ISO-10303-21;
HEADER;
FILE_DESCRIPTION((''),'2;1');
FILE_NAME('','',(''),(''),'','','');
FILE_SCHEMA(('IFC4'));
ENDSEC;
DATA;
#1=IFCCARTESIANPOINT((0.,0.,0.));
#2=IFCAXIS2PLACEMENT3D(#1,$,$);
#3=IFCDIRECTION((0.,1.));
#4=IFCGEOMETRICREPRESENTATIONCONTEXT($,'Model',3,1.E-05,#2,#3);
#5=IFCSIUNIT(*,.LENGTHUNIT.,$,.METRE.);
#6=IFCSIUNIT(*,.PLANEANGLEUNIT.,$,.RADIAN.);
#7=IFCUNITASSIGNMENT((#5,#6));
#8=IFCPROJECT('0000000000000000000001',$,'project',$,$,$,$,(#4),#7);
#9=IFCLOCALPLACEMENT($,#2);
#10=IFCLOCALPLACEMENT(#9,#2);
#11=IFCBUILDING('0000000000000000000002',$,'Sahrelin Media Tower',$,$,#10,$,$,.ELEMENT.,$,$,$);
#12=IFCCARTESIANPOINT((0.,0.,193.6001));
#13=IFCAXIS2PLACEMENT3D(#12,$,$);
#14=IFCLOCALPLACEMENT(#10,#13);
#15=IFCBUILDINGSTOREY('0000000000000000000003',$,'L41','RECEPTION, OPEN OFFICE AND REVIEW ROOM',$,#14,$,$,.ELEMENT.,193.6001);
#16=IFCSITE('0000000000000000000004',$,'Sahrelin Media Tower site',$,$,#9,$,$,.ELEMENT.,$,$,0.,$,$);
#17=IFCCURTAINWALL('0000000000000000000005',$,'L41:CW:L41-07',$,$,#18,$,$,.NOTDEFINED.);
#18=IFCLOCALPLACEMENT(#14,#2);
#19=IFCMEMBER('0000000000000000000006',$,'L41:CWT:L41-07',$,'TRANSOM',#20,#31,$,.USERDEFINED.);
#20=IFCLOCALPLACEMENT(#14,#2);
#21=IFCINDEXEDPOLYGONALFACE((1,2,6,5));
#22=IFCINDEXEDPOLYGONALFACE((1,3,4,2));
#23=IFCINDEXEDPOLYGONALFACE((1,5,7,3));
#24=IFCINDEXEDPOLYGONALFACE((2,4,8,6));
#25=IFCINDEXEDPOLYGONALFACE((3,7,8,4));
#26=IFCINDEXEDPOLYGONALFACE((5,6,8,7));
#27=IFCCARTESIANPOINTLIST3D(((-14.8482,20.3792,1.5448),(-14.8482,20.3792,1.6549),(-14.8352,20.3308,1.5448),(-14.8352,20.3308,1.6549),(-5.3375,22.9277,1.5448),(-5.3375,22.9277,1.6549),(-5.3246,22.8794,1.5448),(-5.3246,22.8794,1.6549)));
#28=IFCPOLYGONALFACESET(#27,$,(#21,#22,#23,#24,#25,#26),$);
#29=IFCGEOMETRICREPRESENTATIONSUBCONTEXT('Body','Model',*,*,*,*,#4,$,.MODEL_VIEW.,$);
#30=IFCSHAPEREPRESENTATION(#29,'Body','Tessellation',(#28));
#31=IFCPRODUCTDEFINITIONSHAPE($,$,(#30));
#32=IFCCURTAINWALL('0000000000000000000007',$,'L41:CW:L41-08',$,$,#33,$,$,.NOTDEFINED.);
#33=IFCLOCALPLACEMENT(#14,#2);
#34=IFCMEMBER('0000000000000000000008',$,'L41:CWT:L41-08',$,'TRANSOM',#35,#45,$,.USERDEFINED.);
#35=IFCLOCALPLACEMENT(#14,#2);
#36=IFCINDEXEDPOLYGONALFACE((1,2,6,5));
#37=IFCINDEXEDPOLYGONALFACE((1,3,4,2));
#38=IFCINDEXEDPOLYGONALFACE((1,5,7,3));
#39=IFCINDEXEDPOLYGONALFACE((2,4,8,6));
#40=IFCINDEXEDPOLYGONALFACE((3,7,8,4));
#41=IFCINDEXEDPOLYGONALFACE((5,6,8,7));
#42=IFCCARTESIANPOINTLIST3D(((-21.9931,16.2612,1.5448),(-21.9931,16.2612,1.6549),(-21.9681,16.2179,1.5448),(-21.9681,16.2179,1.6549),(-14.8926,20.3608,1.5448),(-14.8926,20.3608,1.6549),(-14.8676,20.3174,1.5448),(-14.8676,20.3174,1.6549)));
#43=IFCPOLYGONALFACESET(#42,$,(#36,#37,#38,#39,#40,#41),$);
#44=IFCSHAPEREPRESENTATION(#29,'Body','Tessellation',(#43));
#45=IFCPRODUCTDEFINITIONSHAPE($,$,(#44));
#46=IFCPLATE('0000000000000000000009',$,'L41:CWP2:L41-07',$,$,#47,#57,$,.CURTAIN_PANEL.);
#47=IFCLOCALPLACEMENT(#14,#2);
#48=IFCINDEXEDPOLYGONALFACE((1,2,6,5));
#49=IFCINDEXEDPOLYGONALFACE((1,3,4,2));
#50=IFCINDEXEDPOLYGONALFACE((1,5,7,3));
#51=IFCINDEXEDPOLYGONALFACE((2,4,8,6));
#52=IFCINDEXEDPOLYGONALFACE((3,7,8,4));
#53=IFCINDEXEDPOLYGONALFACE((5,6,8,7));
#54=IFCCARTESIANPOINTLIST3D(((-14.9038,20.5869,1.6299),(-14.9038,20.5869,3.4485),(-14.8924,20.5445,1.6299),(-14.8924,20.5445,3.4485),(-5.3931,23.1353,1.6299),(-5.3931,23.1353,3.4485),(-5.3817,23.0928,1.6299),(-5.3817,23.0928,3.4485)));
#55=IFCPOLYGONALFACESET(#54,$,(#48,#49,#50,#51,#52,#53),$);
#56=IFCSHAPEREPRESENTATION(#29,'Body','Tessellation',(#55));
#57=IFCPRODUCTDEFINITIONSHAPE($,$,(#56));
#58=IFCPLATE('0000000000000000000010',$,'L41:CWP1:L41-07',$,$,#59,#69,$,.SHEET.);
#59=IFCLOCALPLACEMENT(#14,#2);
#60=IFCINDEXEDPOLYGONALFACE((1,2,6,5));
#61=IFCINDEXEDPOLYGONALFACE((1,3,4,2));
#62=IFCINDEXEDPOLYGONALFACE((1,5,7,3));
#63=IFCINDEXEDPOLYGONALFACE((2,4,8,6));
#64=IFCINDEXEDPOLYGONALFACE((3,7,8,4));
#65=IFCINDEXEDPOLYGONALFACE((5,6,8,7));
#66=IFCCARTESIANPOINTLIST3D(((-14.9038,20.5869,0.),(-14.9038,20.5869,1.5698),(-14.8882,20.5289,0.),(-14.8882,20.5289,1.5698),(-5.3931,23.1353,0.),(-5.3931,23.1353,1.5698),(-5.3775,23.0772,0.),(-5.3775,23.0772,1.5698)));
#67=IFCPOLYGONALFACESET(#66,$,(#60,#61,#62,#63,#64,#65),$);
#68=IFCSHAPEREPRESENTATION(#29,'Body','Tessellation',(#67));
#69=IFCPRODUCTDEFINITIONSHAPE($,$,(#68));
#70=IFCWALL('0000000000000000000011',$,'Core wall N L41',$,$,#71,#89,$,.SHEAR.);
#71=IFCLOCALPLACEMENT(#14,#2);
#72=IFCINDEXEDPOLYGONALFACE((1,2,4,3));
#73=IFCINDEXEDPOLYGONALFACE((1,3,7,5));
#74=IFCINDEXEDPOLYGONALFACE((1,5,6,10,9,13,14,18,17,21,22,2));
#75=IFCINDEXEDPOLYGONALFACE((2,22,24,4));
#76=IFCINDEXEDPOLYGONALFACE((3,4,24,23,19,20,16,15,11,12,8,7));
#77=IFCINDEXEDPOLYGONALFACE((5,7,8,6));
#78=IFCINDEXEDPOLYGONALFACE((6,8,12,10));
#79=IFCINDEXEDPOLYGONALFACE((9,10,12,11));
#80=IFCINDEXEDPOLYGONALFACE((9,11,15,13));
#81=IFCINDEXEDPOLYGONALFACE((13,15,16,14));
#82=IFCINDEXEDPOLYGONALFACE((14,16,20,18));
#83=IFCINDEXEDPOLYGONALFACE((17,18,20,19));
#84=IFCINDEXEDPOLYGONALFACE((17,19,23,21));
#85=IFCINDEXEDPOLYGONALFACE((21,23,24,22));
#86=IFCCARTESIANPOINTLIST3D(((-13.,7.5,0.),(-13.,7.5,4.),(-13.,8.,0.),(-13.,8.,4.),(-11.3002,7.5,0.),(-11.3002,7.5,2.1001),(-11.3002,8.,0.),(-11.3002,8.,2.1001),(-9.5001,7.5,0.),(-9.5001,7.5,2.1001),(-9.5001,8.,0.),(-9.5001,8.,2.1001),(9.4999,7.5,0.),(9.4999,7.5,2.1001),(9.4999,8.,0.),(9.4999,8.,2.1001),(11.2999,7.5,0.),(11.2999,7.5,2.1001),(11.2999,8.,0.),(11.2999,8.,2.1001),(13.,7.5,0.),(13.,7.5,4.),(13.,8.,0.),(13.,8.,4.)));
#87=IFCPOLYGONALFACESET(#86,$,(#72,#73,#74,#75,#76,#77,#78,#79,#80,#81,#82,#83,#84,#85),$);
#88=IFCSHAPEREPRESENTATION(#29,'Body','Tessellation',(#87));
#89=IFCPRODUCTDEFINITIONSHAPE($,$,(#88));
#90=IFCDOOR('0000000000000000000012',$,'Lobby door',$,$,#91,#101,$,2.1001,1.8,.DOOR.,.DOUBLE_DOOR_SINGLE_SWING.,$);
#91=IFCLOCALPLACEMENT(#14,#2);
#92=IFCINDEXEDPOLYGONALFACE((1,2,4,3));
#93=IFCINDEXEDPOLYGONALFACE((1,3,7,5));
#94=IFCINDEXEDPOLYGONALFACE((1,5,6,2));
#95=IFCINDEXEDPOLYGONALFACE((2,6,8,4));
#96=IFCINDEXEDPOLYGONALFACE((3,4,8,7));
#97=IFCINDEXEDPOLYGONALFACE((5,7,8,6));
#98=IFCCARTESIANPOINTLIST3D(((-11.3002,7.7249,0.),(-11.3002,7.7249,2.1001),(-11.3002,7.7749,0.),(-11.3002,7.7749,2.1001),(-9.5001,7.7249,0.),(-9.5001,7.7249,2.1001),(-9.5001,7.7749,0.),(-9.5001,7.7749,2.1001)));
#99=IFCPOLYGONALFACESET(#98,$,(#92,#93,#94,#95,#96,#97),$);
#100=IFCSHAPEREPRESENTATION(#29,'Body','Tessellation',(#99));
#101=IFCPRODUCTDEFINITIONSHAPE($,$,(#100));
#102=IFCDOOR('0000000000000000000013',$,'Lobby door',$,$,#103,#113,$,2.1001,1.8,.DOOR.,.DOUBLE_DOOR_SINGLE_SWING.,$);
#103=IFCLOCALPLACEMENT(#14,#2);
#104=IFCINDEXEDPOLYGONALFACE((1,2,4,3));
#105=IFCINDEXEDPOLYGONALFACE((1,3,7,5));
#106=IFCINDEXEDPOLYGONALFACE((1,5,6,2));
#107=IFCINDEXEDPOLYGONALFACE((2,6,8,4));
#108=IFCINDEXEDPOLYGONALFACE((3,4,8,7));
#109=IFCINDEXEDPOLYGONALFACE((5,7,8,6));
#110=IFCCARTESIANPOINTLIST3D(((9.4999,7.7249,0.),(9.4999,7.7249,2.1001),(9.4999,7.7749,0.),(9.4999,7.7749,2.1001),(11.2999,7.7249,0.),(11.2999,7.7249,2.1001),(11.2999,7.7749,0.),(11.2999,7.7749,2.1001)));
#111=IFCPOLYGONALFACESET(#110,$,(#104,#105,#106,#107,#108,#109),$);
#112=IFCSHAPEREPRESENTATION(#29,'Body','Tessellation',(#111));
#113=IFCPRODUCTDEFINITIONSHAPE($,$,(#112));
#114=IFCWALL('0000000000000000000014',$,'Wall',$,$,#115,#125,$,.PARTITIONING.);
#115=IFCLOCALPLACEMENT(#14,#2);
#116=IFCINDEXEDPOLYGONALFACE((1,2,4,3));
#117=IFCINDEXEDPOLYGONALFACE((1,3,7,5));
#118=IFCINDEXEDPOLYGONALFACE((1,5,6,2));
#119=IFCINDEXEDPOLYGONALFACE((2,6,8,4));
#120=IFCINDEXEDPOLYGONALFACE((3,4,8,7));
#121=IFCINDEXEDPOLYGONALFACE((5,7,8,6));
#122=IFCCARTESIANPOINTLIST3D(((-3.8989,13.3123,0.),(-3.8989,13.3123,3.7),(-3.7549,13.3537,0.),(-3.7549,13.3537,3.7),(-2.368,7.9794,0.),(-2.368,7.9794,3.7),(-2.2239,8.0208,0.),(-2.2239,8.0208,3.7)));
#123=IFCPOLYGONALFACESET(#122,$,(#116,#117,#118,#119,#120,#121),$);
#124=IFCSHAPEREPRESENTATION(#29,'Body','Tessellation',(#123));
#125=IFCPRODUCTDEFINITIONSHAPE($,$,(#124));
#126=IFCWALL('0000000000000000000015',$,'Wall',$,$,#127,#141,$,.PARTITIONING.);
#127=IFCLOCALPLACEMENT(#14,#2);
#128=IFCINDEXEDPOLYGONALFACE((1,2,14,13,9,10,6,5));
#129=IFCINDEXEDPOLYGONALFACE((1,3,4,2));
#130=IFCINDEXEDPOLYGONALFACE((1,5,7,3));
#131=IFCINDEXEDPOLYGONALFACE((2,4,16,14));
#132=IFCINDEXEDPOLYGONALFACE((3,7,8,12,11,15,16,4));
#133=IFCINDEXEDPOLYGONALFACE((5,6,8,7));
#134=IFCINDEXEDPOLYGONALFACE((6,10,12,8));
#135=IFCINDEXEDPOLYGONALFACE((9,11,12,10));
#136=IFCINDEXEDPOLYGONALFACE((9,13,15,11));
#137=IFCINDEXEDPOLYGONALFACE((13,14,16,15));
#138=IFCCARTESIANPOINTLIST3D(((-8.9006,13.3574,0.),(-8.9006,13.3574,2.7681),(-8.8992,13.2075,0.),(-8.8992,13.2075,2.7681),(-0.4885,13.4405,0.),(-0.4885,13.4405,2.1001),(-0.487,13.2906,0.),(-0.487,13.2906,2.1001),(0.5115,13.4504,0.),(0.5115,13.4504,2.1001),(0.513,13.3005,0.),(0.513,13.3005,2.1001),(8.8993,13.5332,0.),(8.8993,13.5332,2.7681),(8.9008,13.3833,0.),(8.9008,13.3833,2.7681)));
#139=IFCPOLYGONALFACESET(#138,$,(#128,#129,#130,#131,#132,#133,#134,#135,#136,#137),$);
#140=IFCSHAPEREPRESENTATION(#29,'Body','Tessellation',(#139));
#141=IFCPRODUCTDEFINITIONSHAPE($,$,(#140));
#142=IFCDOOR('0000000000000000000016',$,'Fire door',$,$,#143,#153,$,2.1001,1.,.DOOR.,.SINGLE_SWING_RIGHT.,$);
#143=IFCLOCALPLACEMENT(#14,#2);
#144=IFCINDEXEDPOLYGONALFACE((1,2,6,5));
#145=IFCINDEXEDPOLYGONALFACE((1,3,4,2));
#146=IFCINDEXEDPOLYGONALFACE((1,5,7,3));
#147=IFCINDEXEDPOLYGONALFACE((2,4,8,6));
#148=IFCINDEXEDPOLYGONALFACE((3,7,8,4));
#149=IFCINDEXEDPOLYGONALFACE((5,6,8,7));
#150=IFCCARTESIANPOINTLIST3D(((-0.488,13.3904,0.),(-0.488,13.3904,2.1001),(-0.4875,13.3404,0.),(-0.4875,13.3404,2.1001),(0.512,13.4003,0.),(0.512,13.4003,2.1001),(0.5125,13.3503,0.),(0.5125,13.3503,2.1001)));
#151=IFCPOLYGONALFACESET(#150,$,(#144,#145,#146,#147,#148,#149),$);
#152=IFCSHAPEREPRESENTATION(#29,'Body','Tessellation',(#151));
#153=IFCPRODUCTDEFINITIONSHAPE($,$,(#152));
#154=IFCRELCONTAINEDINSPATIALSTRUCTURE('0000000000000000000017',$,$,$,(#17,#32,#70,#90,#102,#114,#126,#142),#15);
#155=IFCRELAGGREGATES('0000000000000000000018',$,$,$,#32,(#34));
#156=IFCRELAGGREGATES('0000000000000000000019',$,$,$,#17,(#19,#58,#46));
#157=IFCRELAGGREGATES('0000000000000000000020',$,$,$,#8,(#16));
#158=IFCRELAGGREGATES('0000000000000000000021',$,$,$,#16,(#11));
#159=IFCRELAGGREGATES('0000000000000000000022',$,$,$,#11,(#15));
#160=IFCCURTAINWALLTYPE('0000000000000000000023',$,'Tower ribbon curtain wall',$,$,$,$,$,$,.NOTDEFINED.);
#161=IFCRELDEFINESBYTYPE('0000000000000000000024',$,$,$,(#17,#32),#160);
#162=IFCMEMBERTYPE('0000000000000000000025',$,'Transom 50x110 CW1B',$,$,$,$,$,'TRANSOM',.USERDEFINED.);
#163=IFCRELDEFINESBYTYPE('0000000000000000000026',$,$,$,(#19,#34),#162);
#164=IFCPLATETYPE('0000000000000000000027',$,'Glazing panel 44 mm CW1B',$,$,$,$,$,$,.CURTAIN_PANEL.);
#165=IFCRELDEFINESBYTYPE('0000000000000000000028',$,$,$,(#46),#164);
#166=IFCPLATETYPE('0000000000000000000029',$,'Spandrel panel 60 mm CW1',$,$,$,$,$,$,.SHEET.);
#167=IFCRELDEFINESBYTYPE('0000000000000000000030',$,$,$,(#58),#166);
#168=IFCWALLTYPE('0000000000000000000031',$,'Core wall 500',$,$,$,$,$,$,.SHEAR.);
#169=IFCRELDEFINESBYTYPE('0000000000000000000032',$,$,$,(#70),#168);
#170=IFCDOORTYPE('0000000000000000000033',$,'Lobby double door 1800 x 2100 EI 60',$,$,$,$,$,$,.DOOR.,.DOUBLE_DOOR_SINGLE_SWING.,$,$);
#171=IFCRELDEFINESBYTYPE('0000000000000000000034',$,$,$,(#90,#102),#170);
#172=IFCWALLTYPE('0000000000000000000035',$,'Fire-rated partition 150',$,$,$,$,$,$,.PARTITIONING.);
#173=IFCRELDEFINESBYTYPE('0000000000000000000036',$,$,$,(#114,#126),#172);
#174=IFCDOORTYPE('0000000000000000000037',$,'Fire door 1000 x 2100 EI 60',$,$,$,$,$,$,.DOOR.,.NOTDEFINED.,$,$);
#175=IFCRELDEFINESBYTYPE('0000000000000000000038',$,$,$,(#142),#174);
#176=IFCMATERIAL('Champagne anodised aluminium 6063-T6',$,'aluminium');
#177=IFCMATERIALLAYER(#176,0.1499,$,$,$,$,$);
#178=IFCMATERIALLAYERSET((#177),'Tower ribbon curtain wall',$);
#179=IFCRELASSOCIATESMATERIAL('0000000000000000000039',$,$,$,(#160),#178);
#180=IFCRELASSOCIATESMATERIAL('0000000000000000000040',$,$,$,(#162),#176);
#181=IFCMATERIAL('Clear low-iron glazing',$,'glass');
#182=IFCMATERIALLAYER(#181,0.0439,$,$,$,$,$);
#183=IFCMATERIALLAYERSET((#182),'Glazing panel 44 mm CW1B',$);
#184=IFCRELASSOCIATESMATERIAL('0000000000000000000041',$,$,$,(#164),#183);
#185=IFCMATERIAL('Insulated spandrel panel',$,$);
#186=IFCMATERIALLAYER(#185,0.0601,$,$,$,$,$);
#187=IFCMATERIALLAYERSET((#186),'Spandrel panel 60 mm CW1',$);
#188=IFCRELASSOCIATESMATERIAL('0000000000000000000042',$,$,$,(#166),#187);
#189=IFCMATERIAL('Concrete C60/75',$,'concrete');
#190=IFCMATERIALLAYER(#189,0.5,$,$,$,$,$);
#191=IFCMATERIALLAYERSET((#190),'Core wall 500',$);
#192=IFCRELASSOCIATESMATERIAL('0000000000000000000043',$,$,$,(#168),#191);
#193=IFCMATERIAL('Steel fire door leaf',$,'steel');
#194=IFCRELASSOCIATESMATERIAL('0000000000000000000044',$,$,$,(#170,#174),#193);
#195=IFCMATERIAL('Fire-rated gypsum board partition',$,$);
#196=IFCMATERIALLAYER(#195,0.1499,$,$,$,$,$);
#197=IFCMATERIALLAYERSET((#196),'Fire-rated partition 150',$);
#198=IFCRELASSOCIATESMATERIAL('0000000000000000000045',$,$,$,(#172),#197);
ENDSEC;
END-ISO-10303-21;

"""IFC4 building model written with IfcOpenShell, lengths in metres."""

from ifc_helpers import new_model, si_unit, direction, frame, frame_2d, origin, origin_2d, place, context, subcontext, project, spatial, polyline, rectangle, outline, extrude, material, layer, layer_set, material_profile, profile_set, type_object, element, fill, aggregate, save


model = new_model("IFC4")

# Units and contexts
model_context = context("Model", 3, precision=1e-05, world=origin(), true_north=direction((0.0, 1.0)))
body_context = subcontext(model_context, "Body", "Model", "MODEL_VIEW")
ifc_project = project(units=[si_unit("LENGTHUNIT", "METRE"), si_unit("PLANEANGLEUNIT", "RADIAN")], contexts=[model_context])

# Site, building, storey
site_placement = place(None, origin())
site = spatial("IfcSite", under=ifc_project, at=site_placement, Name="Sahrelin Media Tower site", CompositionType="ELEMENT", RefElevation=0.0)
building_placement = place(site_placement, origin())
building = spatial("IfcBuilding", under=site, at=building_placement, Name="Sahrelin Media Tower", CompositionType="ELEMENT")
storey_placement = place(building_placement, frame((0.0, 0.0, 193.6001)))
storey = spatial("IfcBuildingStorey", under=building, at=storey_placement, Name="L41", Description="RECEPTION, OPEN OFFICE AND REVIEW ROOM", CompositionType="ELEMENT", Elevation=193.6001)

# Curtain wall
ifc_material_1 = material(Name="Champagne anodised aluminium 6063-T6", Category="aluminium")
ifc_layer_1 = layer(ifc_material_1, 0.1499)
ifc_layer_set_1 = layer_set([ifc_layer_1], Name="Tower ribbon curtain wall")
curtain_wall_type = type_object("IfcCurtainWallType", Name="Tower ribbon curtain wall", PredefinedType="NOTDEFINED", material=ifc_layer_set_1)
curtain_wall_1_placement = place(storey_placement, frame((-10.1433, 21.8418, 0.0), z_axis=(0.0, 0.0, 1.0), x_axis=(1.0, 0.0, 0.0)))
curtain_wall_1 = element("IfcCurtainWall", 1, at=curtain_wall_1_placement, inside=storey, type_object=curtain_wall_type, Name="L41:CW:L41-07", PredefinedType="NOTDEFINED")

# Member
ifc_material_profile_1 = material_profile(ifc_material_1, rectangle(XDim=0.05, YDim=0.1101, at=origin_2d()), Name="Transom 50x110")
ifc_profile_set_1 = profile_set([ifc_material_profile_1], Name="Champagne anodised aluminium 6063-T6")
member_type_1 = type_object("IfcMemberType", Name="Transom 50x110 CW1B", ElementType="TRANSOM", PredefinedType="USERDEFINED", material=ifc_profile_set_1)
member_1_placement = place(storey_placement, frame((-5.3311, 22.9036, 1.5999), z_axis=(-0.965921, -0.258837, 0.0), x_axis=(0.258837, -0.965921, 0.0)))
member_1 = element("IfcMember", 2, at=member_1_placement, type_object=member_type_1, Name="L41:CWT:L41-07", ObjectType="TRANSOM", PredefinedType="USERDEFINED", context=body_context, shape_type="SweptSolid", body=[
    extrude(rectangle(XDim=0.05, YDim=0.1101, at=origin_2d()), origin(), (0.0, 0.0, 1.0), 9.8462),
])

# Curtain wall, member
curtain_wall_2_placement = place(storey_placement, frame((-18.5403, 18.4797, 0.0), z_axis=(0.0, 0.0, 1.0), x_axis=(1.0, 0.0, 0.0)))
curtain_wall_2 = element("IfcCurtainWall", 3, at=curtain_wall_2_placement, inside=storey, type_object=curtain_wall_type, Name="L41:CW:L41-08", PredefinedType="NOTDEFINED")
member_2_placement = place(storey_placement, frame((-14.8801, 20.3391, 1.5999), z_axis=(-0.866021, -0.500008, 0.0), x_axis=(0.500008, -0.866021, 0.0)))
member_2 = element("IfcMember", 4, at=member_2_placement, type_object=member_type_1, Name="L41:CWT:L41-08", ObjectType="TRANSOM", PredefinedType="USERDEFINED", context=body_context, shape_type="SweptSolid", body=[
    extrude(rectangle(XDim=0.05, YDim=0.1101, at=origin_2d()), origin(), (0.0, 0.0, 1.0), 8.199),
])
aggregate(curtain_wall_2, [member_2])

# Plates
ifc_material_2 = material(Name="Clear low-iron glazing", Category="glass")
ifc_layer_2 = layer(ifc_material_2, 0.0439)
ifc_layer_set_2 = layer_set([ifc_layer_2], Name="Glazing panel 44 mm CW1B")
plate_type_1 = type_object("IfcPlateType", Name="Glazing panel 44 mm CW1B", PredefinedType="CURTAIN_PANEL", material=ifc_layer_set_2)
plate_1_placement = place(storey_placement, frame((-5.3931, 23.1353, 1.6299), z_axis=(-0.258814, 0.965927, 0.0), x_axis=(-0.965927, -0.258814, 0.0)))
plate_1 = element("IfcPlate", 5, at=plate_1_placement, type_object=plate_type_1, Name="L41:CWP2:L41-07", PredefinedType="CURTAIN_PANEL", context=body_context, shape_type="SweptSolid", body=[
    extrude(outline(polyline([(0.0, 0.0), (9.8462, 0.0), (9.8462, 1.8186), (0.0, 1.8186), (0.0, 0.0)])), origin(), (0.0, 0.0, -1.0), 0.0439),
])
ifc_material_3 = material(Name="Insulated spandrel panel")
ifc_layer_3 = layer(ifc_material_3, 0.0601)
ifc_layer_set_3 = layer_set([ifc_layer_3], Name="Spandrel panel 60 mm CW1")
plate_type_2 = type_object("IfcPlateType", Name="Spandrel panel 60 mm CW1", PredefinedType="SHEET", material=ifc_layer_set_3)
plate_2_placement = place(storey_placement, frame((-5.3931, 23.1353, 0.0), z_axis=(-0.258814, 0.965927, 0.0), x_axis=(-0.965927, -0.258814, 0.0)))
plate_2 = element("IfcPlate", 6, at=plate_2_placement, type_object=plate_type_2, Name="L41:CWP1:L41-07", PredefinedType="SHEET", context=body_context, shape_type="SweptSolid", body=[
    extrude(outline(polyline([(0.0, 0.0), (9.8462, 0.0), (9.8462, 1.5698), (0.0, 1.5698), (0.0, 0.0)])), origin(), (0.0, 0.0, -1.0), 0.0601),
])
aggregate(curtain_wall_1, [member_1, plate_2, plate_1])

# Wall, openings, doors
ifc_material_4 = material(Name="Concrete C60/75", Category="concrete")
ifc_layer_4 = layer(ifc_material_4, 0.5)
ifc_layer_set_4 = layer_set([ifc_layer_4], Name="Core wall 500")
wall_type_1 = type_object("IfcWallType", Name="Core wall 500", PredefinedType="SHEAR", material=ifc_layer_set_4)
wall_1_placement = place(storey_placement, frame((-13.0, 7.75, 0.0), z_axis=(0.0, 0.0, 1.0), x_axis=(1.0, 0.0, 0.0)))
wall_1 = element("IfcWall", 7, at=wall_1_placement, inside=storey, type_object=wall_type_1, Name="Core wall N L41", PredefinedType="SHEAR", context=body_context, shape_type="SweptSolid", body=[
    extrude(rectangle(XDim=26.0, YDim=0.5, at=frame_2d((13.0, 0.0))), origin(), (0.0, 0.0, 1.0), 4.0),
])
opening_1_placement = place(wall_1_placement, frame((1.7, 0.0, 0.0)))
opening_1 = element("IfcOpeningElement", 8, at=opening_1_placement, cuts=wall_1, PredefinedType="OPENING", context=body_context, shape_type="SweptSolid", body=[
    extrude(rectangle(XDim=1.8, YDim=2.1001, at=frame_2d((0.8999, 1.05))), frame((0.0, 0.25, 0.0), z_axis=(0.0, -1.0, 0.0), x_axis=(1.0, 0.0, 0.0)), (0.0, 0.0, 1.0), 0.5),
])
opening_2_placement = place(wall_1_placement, frame((22.5, 0.0, 0.0)))
opening_2 = element("IfcOpeningElement", 9, at=opening_2_placement, cuts=wall_1, PredefinedType="OPENING", context=body_context, shape_type="SweptSolid", body=[
    extrude(rectangle(XDim=1.8, YDim=2.1001, at=frame_2d((0.8999, 1.05))), frame((0.0, 0.25, 0.0), z_axis=(0.0, -1.0, 0.0), x_axis=(1.0, 0.0, 0.0)), (0.0, 0.0, 1.0), 0.5),
])
ifc_material_5 = material(Name="Steel fire door leaf", Category="steel")
door_type_1 = type_object("IfcDoorType", Name="Lobby double door 1800 x 2100 EI 60", OperationType="DOUBLE_DOOR_SINGLE_SWING", PredefinedType="DOOR", material=ifc_material_5)
door_1_placement = place(opening_1_placement, origin())
door_1 = element("IfcDoor", 10, at=door_1_placement, inside=storey, type_object=door_type_1, Name="Lobby door", OperationType="DOUBLE_DOOR_SINGLE_SWING", OverallHeight=2.1001, OverallWidth=1.8, PredefinedType="DOOR", context=body_context, shape_type="SweptSolid", body=[
    extrude(rectangle(XDim=1.8, YDim=2.1001, at=frame_2d((0.8999, 1.05))), frame((0.0, 0.0249, 0.0), z_axis=(0.0, -1.0, 0.0), x_axis=(1.0, 0.0, 0.0)), (0.0, 0.0, 1.0), 0.05),
])
fill(opening_1, door_1)
door_2_placement = place(opening_2_placement, origin())
door_2 = element("IfcDoor", 11, at=door_2_placement, inside=storey, type_object=door_type_1, Name="Lobby door", OperationType="DOUBLE_DOOR_SINGLE_SWING", OverallHeight=2.1001, OverallWidth=1.8, PredefinedType="DOOR", context=body_context, shape_type="SweptSolid", body=[
    extrude(rectangle(XDim=1.8, YDim=2.1001, at=frame_2d((0.8999, 1.05))), frame((0.0, 0.0249, 0.0), z_axis=(0.0, -1.0, 0.0), x_axis=(1.0, 0.0, 0.0)), (0.0, 0.0, 1.0), 0.05),
])
fill(opening_2, door_2)

# Wall
ifc_material_6 = material(Name="Fire-rated gypsum board partition")
ifc_layer_5 = layer(ifc_material_6, 0.1499)
ifc_layer_set_5 = layer_set([ifc_layer_5], Name="Fire-rated partition 150")
wall_type_2 = type_object("IfcWallType", Name="Fire-rated partition 150", PredefinedType="PARTITIONING", material=ifc_layer_set_5)
wall_2_placement = place(storey_placement, frame((-3.8269, 13.333, 0.0), z_axis=(0.0, 0.0, 1.0), x_axis=(0.275936, -0.961176, 0.0)))
element("IfcWall", 12, at=wall_2_placement, inside=storey, type_object=wall_type_2, Name="Wall", PredefinedType="PARTITIONING", context=body_context, shape_type="SweptSolid", body=[
    extrude(rectangle(XDim=5.5483, YDim=0.1499, at=frame_2d((2.7742, 0.0))), origin(), (0.0, 0.0, 1.0), 3.7),
])

# Wall, opening, door
wall_3_placement = place(storey_placement, frame((-8.8999, 13.2825, 0.0), z_axis=(0.0, 0.0, 1.0), x_axis=(0.999951, 0.009875, 0.0)))
wall_3 = element("IfcWall", 13, at=wall_3_placement, inside=storey, type_object=wall_type_2, Name="Wall", PredefinedType="PARTITIONING", context=body_context, shape_type="SweptSolid", body=[
    extrude(rectangle(XDim=17.8008, YDim=0.1499, at=frame_2d((8.9004, 0.0))), origin(), (0.0, 0.0, 1.0), 2.7681),
])
opening_3_placement = place(wall_3_placement, frame((8.4126, 0.0, 0.0)))
opening_3 = element("IfcOpeningElement", 14, at=opening_3_placement, cuts=wall_3, PredefinedType="OPENING", context=body_context, shape_type="SweptSolid", body=[
    extrude(rectangle(XDim=1.0, YDim=2.1001, at=frame_2d((0.5, 1.05))), frame((0.0, 0.075, 0.0), z_axis=(0.0, -1.0, 0.0), x_axis=(1.0, 0.0, 0.0)), (0.0, 0.0, 1.0), 0.1499),
])
door_type_2 = type_object("IfcDoorType", Name="Fire door 1000 x 2100 EI 60", OperationType="NOTDEFINED", PredefinedType="DOOR", material=ifc_material_5)
door_3_placement = place(opening_3_placement, origin())
door_3 = element("IfcDoor", 15, at=door_3_placement, inside=storey, type_object=door_type_2, Name="Fire door", OperationType="SINGLE_SWING_RIGHT", OverallHeight=2.1001, OverallWidth=1.0, PredefinedType="DOOR", context=body_context, shape_type="SweptSolid", body=[
    extrude(rectangle(XDim=1.0, YDim=2.1001, at=frame_2d((0.5, 1.05))), frame((0.0, 0.0249, 0.0), z_axis=(0.0, -1.0, 0.0), x_axis=(1.0, 0.0, 0.0)), (0.0, 0.0, 1.0), 0.05),
])
fill(opening_3, door_3)

save(model, "model.ifc")
